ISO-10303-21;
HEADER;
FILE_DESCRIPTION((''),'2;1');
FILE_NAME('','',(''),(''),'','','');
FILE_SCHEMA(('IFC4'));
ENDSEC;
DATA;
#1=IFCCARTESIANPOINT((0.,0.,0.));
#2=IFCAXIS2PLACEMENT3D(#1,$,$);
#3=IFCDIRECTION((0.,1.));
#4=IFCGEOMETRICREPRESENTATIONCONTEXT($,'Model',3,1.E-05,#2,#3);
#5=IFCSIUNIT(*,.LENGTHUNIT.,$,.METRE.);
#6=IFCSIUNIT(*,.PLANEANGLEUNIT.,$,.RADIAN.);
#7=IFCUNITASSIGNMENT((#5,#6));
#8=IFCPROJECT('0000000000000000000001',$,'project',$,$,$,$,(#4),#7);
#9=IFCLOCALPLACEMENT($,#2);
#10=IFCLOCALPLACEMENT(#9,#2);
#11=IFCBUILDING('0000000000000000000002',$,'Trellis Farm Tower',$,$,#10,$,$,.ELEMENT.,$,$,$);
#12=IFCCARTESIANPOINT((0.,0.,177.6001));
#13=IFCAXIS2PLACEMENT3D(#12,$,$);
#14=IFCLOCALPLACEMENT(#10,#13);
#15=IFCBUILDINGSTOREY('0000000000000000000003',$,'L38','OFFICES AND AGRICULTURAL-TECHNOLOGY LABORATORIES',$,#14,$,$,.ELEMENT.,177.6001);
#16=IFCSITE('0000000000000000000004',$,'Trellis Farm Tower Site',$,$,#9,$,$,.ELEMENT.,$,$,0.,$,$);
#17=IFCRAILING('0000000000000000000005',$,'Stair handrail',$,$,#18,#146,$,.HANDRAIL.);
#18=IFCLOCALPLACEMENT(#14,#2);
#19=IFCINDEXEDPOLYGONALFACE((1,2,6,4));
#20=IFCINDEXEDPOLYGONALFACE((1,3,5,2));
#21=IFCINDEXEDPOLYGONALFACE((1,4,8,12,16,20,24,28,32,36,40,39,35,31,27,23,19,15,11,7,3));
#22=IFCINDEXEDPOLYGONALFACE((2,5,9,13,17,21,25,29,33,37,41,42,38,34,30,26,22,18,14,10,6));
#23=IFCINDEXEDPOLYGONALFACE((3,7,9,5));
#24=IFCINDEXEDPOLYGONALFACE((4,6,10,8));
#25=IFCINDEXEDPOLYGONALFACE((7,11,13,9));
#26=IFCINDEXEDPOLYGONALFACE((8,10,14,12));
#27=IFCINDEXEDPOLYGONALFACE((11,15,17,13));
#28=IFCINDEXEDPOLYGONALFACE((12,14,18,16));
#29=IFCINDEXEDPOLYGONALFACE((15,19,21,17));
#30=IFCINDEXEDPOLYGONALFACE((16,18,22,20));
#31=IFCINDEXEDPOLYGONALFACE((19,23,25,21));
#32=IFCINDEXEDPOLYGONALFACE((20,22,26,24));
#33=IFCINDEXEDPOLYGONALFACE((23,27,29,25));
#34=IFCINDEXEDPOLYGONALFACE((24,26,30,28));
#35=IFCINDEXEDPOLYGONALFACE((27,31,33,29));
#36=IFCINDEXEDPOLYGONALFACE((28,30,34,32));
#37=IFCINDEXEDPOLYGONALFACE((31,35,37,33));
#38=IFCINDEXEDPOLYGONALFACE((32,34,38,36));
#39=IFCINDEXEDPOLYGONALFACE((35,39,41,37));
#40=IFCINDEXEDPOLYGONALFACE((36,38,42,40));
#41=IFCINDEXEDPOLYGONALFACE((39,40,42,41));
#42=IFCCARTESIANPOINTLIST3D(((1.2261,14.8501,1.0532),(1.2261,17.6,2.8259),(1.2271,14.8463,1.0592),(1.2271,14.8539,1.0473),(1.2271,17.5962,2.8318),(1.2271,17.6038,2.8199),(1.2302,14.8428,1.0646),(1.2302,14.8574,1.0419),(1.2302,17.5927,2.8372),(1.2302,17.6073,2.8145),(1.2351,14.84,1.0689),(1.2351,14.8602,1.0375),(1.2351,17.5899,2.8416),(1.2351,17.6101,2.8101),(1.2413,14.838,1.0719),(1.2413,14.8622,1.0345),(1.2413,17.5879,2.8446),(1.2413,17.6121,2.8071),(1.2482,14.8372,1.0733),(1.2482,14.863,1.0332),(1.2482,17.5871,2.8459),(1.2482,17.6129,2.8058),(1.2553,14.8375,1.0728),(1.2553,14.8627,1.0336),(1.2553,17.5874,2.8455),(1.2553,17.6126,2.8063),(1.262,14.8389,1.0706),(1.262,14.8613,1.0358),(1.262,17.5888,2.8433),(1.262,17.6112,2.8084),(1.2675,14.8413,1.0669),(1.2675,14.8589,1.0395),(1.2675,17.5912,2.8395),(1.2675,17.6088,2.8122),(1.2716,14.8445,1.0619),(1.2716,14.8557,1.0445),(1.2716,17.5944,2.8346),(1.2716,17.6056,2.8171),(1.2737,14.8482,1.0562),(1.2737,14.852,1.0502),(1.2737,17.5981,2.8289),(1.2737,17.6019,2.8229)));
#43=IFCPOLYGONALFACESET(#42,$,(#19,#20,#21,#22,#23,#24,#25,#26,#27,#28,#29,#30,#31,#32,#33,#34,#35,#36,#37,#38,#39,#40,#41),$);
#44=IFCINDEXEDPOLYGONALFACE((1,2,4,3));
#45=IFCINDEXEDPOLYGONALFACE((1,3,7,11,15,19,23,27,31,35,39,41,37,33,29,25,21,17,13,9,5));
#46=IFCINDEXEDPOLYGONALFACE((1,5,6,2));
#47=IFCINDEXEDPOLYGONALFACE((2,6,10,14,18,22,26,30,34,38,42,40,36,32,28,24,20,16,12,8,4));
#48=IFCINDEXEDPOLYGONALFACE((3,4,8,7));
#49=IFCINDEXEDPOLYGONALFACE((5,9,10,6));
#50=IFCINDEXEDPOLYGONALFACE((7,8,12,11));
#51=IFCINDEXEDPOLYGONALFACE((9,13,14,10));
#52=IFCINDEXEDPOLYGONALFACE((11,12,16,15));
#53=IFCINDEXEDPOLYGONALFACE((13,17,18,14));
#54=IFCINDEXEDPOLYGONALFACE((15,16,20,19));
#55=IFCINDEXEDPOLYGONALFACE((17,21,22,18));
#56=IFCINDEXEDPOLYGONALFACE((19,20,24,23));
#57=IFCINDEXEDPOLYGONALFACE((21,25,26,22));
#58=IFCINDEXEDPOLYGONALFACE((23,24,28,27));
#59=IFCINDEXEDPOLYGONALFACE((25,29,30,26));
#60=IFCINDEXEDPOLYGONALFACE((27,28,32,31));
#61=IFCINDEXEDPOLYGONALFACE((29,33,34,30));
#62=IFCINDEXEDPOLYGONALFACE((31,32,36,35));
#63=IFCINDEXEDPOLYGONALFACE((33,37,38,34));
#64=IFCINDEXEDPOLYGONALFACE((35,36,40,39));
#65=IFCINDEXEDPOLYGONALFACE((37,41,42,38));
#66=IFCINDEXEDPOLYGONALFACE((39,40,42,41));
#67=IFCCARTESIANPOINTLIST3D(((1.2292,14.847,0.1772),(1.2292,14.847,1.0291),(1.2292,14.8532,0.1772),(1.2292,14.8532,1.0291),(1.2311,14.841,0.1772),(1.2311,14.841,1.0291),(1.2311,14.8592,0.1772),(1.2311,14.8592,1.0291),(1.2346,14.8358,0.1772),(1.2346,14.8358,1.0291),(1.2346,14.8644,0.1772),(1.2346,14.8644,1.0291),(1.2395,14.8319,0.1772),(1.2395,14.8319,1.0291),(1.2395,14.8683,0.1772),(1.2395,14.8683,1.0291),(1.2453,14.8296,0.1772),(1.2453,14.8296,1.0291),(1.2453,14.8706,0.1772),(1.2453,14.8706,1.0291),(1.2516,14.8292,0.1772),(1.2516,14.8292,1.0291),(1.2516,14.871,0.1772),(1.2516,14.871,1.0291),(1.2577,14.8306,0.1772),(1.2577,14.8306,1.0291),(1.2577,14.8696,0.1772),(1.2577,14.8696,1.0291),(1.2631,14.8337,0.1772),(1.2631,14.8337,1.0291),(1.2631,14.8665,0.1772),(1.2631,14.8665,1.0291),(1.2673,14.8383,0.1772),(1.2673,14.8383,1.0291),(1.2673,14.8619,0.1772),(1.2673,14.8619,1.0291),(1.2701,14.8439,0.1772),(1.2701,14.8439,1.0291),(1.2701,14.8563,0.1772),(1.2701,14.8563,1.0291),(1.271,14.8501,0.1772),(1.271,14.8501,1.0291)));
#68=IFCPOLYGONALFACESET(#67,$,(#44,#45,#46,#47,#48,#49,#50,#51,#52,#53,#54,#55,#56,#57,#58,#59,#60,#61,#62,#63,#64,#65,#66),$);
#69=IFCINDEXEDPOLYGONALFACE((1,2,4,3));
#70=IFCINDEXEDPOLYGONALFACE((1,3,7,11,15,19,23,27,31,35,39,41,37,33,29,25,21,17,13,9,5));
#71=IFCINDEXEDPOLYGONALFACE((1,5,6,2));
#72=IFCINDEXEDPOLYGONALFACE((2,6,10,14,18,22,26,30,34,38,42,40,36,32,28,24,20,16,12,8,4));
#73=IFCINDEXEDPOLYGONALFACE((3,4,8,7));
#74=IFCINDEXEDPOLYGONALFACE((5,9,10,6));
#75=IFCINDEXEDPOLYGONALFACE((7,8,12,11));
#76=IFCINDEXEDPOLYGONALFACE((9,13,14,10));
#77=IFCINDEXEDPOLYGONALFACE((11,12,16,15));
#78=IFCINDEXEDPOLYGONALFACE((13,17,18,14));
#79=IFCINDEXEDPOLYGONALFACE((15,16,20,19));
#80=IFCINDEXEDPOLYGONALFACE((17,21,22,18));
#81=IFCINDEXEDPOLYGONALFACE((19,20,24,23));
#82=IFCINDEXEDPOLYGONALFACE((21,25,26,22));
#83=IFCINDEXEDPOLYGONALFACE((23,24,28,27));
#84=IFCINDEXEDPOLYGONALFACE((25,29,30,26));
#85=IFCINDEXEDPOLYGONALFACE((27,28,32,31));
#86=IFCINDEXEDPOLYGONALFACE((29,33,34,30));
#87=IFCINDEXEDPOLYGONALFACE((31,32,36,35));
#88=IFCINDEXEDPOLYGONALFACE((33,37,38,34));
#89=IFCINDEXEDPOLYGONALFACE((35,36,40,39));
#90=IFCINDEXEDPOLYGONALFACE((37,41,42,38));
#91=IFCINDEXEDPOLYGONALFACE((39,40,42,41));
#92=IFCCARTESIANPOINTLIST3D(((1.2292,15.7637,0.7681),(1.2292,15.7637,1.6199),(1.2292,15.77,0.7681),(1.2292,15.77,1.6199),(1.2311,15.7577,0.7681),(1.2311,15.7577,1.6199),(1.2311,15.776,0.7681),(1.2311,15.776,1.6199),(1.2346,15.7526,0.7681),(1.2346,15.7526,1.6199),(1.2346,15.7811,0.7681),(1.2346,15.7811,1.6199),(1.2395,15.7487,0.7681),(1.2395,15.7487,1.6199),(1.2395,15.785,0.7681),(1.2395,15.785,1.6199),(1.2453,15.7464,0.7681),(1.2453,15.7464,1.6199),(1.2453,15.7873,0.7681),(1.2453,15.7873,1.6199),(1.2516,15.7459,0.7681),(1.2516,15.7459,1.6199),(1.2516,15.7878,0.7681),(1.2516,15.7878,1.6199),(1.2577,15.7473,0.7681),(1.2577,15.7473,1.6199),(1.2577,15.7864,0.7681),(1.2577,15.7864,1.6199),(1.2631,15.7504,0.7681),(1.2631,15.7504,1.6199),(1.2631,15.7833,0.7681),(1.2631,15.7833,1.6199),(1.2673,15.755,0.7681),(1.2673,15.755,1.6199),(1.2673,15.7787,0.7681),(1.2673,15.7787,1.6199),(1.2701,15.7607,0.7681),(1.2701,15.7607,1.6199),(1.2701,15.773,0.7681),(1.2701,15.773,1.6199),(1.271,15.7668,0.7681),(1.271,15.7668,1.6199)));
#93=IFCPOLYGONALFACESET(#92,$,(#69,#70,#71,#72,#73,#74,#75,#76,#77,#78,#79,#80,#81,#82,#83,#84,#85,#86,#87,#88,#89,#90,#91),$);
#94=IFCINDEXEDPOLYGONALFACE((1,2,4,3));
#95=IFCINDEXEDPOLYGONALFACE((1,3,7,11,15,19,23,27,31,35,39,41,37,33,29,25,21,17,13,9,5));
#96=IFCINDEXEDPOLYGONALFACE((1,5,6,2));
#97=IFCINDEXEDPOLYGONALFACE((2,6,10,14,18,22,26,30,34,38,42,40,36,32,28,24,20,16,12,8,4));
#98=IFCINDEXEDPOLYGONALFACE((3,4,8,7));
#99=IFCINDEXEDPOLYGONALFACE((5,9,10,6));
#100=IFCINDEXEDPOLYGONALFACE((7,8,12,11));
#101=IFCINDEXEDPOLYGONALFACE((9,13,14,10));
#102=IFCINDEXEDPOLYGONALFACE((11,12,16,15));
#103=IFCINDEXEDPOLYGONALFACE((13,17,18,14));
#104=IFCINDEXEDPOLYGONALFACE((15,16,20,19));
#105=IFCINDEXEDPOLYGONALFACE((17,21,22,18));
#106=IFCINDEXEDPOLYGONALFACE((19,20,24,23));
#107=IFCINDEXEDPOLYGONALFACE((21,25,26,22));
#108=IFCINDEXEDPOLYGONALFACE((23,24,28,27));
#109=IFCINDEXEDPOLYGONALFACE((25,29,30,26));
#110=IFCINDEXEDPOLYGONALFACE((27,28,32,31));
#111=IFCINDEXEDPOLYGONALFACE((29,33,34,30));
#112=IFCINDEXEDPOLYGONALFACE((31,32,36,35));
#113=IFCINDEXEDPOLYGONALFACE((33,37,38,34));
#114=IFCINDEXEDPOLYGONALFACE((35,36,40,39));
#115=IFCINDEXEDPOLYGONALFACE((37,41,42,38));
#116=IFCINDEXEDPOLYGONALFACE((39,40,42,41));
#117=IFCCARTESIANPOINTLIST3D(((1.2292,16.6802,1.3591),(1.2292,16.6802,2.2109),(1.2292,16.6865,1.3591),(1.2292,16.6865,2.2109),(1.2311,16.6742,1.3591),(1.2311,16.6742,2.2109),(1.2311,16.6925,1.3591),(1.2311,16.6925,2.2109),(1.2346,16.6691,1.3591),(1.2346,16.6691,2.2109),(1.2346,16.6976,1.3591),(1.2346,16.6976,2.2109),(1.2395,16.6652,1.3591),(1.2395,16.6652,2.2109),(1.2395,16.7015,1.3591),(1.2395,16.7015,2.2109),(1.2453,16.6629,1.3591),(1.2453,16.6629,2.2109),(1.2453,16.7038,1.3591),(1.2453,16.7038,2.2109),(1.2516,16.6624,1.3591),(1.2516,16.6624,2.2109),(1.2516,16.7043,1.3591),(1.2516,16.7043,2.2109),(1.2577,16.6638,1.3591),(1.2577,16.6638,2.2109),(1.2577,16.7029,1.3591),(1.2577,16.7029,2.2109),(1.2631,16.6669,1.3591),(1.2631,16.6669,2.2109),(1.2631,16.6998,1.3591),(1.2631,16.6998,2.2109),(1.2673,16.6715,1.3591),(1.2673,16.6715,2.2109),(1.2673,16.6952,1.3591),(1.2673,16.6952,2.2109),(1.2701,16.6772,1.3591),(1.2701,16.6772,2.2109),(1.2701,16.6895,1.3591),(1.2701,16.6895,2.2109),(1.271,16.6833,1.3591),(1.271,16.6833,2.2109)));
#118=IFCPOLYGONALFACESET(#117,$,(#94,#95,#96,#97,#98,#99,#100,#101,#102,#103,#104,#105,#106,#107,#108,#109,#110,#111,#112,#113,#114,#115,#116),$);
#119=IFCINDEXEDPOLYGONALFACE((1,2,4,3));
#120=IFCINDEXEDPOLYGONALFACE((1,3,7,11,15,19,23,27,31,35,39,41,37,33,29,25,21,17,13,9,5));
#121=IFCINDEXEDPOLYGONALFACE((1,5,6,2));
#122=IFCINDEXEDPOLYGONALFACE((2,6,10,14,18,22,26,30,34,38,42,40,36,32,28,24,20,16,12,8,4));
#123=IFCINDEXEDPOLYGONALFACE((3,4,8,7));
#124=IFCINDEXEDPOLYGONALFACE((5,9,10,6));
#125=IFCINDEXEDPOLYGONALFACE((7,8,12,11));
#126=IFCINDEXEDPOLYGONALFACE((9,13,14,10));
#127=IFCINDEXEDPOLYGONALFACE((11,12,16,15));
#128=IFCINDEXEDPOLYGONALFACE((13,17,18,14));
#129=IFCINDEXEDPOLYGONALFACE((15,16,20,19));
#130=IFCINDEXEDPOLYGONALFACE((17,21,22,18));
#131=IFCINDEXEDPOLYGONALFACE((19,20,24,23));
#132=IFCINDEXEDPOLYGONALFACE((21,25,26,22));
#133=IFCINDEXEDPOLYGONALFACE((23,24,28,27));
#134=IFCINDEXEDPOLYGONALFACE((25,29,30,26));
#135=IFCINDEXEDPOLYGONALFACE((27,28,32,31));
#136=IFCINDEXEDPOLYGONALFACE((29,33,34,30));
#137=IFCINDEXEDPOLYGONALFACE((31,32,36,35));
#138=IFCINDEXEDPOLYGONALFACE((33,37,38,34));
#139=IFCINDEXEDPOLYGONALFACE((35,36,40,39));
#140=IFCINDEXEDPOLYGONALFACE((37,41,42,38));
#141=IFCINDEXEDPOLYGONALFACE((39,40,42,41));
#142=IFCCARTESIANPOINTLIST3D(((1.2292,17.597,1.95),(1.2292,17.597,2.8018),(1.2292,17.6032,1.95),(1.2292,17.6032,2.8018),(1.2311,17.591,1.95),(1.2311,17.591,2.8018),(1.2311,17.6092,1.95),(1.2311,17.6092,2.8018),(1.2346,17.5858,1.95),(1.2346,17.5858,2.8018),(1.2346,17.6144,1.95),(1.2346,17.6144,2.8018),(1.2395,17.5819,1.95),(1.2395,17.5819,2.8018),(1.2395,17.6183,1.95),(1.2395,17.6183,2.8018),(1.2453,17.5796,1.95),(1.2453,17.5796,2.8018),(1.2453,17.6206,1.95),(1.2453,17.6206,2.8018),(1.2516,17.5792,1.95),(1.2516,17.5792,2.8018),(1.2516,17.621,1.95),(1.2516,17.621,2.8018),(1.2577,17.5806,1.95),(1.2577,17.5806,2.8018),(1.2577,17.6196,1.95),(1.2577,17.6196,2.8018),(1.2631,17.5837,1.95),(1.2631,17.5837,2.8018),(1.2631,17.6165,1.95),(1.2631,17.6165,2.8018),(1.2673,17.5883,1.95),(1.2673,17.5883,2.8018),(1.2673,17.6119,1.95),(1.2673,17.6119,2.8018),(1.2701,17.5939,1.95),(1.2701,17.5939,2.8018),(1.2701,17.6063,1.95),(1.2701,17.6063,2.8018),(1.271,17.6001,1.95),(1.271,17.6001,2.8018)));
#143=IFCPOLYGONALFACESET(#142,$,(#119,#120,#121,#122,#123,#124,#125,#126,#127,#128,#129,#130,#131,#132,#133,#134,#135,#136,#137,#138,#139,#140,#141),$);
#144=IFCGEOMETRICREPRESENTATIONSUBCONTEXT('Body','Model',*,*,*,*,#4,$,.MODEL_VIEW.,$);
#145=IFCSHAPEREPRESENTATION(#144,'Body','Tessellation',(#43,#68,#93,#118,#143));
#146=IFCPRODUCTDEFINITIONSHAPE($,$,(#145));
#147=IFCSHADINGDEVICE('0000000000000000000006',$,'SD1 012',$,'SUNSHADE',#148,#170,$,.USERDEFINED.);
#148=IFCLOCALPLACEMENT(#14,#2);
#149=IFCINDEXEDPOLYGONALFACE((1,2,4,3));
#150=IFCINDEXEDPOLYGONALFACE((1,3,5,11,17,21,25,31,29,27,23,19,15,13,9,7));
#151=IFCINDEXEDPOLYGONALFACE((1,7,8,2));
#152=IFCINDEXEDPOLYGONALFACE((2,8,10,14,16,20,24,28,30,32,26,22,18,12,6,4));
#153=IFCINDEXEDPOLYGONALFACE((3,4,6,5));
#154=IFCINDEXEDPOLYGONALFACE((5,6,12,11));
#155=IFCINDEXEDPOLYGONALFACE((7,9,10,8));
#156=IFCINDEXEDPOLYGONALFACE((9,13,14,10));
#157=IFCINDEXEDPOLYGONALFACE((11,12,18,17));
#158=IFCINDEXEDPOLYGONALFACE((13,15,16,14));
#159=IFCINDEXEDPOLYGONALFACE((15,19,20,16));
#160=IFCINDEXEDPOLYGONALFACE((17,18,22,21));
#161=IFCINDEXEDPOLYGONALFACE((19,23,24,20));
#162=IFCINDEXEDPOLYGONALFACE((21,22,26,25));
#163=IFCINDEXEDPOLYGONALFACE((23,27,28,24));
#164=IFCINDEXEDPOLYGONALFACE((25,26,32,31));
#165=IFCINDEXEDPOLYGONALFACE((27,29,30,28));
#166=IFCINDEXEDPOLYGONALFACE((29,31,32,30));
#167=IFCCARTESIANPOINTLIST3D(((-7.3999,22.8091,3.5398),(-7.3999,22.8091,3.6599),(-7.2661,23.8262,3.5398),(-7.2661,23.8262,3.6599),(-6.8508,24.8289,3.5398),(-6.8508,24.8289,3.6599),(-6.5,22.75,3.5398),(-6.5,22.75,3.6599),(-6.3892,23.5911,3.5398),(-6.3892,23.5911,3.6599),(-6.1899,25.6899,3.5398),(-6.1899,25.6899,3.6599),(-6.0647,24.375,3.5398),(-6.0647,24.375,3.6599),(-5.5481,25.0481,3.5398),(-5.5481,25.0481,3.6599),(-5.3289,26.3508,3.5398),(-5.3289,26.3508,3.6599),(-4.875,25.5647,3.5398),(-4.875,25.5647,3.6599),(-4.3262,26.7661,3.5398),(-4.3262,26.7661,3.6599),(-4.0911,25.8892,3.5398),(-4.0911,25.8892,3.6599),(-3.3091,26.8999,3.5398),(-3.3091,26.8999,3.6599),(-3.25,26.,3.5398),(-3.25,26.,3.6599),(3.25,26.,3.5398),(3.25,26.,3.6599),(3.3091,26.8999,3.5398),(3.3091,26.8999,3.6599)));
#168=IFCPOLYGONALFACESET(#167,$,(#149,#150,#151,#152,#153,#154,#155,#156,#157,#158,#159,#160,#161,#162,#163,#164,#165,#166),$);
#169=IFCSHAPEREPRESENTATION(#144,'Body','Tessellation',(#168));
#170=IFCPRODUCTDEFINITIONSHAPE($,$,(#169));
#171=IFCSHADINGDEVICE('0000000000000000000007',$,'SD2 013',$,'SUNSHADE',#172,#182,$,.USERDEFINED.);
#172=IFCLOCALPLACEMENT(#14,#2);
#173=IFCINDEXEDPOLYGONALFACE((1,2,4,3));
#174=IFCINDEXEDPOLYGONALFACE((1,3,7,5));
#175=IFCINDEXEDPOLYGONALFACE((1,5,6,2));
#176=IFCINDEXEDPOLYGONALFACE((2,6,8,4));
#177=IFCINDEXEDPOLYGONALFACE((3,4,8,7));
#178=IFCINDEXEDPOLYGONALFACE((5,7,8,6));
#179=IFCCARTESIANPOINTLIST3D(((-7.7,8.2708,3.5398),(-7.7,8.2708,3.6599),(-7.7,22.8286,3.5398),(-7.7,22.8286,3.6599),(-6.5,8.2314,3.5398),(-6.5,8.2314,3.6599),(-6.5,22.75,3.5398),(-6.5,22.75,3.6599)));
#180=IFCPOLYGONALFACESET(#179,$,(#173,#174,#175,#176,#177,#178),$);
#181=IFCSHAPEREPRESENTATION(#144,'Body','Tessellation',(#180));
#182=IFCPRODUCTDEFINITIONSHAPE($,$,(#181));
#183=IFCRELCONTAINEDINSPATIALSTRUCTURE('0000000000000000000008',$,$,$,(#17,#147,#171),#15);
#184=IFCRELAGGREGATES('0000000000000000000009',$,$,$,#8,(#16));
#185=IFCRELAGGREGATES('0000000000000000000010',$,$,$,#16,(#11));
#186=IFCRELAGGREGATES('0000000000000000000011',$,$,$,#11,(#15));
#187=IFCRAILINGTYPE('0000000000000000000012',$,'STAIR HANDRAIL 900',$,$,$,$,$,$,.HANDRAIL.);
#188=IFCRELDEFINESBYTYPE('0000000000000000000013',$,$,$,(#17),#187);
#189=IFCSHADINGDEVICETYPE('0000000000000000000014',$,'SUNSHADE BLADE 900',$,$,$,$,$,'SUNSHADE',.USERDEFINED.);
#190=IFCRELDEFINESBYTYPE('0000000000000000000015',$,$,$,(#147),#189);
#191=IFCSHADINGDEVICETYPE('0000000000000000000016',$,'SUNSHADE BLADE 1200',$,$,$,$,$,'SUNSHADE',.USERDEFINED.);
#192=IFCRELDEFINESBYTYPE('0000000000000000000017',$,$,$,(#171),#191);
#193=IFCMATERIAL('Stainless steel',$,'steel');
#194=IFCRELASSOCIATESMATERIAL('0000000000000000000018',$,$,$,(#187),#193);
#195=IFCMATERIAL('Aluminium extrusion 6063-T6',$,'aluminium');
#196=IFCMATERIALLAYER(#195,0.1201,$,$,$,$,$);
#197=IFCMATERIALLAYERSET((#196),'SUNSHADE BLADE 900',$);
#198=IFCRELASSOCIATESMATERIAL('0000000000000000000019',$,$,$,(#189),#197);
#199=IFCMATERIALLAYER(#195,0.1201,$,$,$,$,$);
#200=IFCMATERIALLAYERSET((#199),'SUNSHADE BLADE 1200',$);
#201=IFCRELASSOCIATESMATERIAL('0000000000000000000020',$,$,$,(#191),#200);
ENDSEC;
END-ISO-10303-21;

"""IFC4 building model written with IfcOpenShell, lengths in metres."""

from ifc_helpers import new_model, si_unit, direction, frame, origin, origin_2d, place, context, subcontext, project, spatial, polyline, circle, outline, extrude, source, transform, mapped, material, layer, layer_set, type_object, element, save


model = new_model("IFC4")

# Units and contexts
model_context = context("Model", 3, precision=1e-05, world=origin(), true_north=direction((0.0, 1.0)))
body_context = subcontext(model_context, "Body", "Model", "MODEL_VIEW")
ifc_project = project(units=[si_unit("LENGTHUNIT", "METRE"), si_unit("PLANEANGLEUNIT", "RADIAN")], contexts=[model_context])

# Site, building, storey
site_placement = place(None, origin())
site = spatial("IfcSite", under=ifc_project, at=site_placement, Name="Trellis Farm Tower Site", CompositionType="ELEMENT", RefElevation=0.0)
building_placement = place(site_placement, origin())
building = spatial("IfcBuilding", under=site, at=building_placement, Name="Trellis Farm Tower", CompositionType="ELEMENT")
storey_placement = place(building_placement, frame((0.0, 0.0, 177.6001)))
storey = spatial("IfcBuildingStorey", under=building, at=storey_placement, Name="L38", Description="OFFICES AND AGRICULTURAL-TECHNOLOGY LABORATORIES", CompositionType="ELEMENT", Elevation=177.6001)

# Shared definitions
ifc_material_1 = material(Name="Aluminium extrusion 6063-T6", Category="aluminium")

# Railing
ifc_material_2 = material(Name="Stainless steel", Category="steel")
railing_type = type_object("IfcRailingType", Name="STAIR HANDRAIL 900", PredefinedType="HANDRAIL", material=ifc_material_2)
shared_shape_1 = source(origin(), body_context, "Body", "SweptSolid", [
    extrude(circle(Radius=0.0239, at=origin_2d()), frame((0.0, 0.0, 0.876), z_axis=(0.0, 0.840504, 0.541806), x_axis=(-1.0, 0.0, 0.0)), (0.0, 0.0, 1.0), 3.2717),
    extrude(circle(Radius=0.021, at=origin_2d()), origin(), (0.0, 0.0, 1.0), 0.8518),
    extrude(circle(Radius=0.021, at=origin_2d()), frame((0.0, 0.9167, 0.5908)), (0.0, 0.0, 1.0), 0.8518),
    extrude(circle(Radius=0.021, at=origin_2d()), frame((0.0, 1.8333, 1.1819)), (0.0, 0.0, 1.0), 0.8518),
    extrude(circle(Radius=0.021, at=origin_2d()), frame((0.0, 2.75, 1.7727)), (0.0, 0.0, 1.0), 0.8518),
])
railing_placement = place(storey_placement, frame((1.25, 14.8501, 0.1772)))
element("IfcRailing", 1, at=railing_placement, inside=storey, type_object=railing_type, Name="Stair handrail", PredefinedType="HANDRAIL", context=body_context, shape_type="MappedRepresentation", body=[
    mapped(shared_shape_1, transform((0.0, 0.0, 0.0))),
])

# Shading devices
ifc_layer_1 = layer(ifc_material_1, 0.1201)
ifc_layer_set_1 = layer_set([ifc_layer_1], Name="SUNSHADE BLADE 900")
shading_device_type_1 = type_object("IfcShadingDeviceType", Name="SUNSHADE BLADE 900", ElementType="SUNSHADE", PredefinedType="USERDEFINED", material=ifc_layer_set_1)
shared_shape_2 = source(origin(), body_context, "Body", "SweptSolid", [
    extrude(outline(polyline([(3.3091, 26.8999), (-3.3091, 26.8999), (-4.3262, 26.7661), (-5.3289, 26.3508), (-6.1899, 25.6899), (-6.8508, 24.8289), (-7.2661, 23.8262), (-7.3999, 22.8091), (-6.5, 22.75), (-6.3892, 23.5911), (-6.0647, 24.375), (-5.5481, 25.0481), (-4.875, 25.5647), (-4.0911, 25.8892), (-3.25, 26.0), (3.25, 26.0), (3.3091, 26.8999)])), origin(), (0.0, 0.0, 1.0), 0.1201),
])
placement_1 = place(storey_placement, frame((0.0, 0.0, 3.5398)))
element("IfcShadingDevice", 2, at=placement_1, inside=storey, type_object=shading_device_type_1, Name="SD1 012", ObjectType="SUNSHADE", PredefinedType="USERDEFINED", context=body_context, shape_type="MappedRepresentation", body=[
    mapped(shared_shape_2, transform((0.0, 0.0, 0.0))),
])
ifc_layer_2 = layer(ifc_material_1, 0.1201)
ifc_layer_set_2 = layer_set([ifc_layer_2], Name="SUNSHADE BLADE 1200")
shading_device_type_2 = type_object("IfcShadingDeviceType", Name="SUNSHADE BLADE 1200", ElementType="SUNSHADE", PredefinedType="USERDEFINED", material=ifc_layer_set_2)
shared_shape_3 = source(origin(), body_context, "Body", "SweptSolid", [
    extrude(outline(polyline([(-7.7, 22.8286), (-7.7, 8.2708), (-6.5, 8.2314), (-6.5, 22.75), (-7.7, 22.8286)])), origin(), (0.0, 0.0, 1.0), 0.1201),
])
element("IfcShadingDevice", 3, at=placement_1, inside=storey, type_object=shading_device_type_2, Name="SD2 013", ObjectType="SUNSHADE", PredefinedType="USERDEFINED", context=body_context, shape_type="MappedRepresentation", body=[
    mapped(shared_shape_3, transform((0.0, 0.0, 0.0))),
])

save(model, "model.ifc")
